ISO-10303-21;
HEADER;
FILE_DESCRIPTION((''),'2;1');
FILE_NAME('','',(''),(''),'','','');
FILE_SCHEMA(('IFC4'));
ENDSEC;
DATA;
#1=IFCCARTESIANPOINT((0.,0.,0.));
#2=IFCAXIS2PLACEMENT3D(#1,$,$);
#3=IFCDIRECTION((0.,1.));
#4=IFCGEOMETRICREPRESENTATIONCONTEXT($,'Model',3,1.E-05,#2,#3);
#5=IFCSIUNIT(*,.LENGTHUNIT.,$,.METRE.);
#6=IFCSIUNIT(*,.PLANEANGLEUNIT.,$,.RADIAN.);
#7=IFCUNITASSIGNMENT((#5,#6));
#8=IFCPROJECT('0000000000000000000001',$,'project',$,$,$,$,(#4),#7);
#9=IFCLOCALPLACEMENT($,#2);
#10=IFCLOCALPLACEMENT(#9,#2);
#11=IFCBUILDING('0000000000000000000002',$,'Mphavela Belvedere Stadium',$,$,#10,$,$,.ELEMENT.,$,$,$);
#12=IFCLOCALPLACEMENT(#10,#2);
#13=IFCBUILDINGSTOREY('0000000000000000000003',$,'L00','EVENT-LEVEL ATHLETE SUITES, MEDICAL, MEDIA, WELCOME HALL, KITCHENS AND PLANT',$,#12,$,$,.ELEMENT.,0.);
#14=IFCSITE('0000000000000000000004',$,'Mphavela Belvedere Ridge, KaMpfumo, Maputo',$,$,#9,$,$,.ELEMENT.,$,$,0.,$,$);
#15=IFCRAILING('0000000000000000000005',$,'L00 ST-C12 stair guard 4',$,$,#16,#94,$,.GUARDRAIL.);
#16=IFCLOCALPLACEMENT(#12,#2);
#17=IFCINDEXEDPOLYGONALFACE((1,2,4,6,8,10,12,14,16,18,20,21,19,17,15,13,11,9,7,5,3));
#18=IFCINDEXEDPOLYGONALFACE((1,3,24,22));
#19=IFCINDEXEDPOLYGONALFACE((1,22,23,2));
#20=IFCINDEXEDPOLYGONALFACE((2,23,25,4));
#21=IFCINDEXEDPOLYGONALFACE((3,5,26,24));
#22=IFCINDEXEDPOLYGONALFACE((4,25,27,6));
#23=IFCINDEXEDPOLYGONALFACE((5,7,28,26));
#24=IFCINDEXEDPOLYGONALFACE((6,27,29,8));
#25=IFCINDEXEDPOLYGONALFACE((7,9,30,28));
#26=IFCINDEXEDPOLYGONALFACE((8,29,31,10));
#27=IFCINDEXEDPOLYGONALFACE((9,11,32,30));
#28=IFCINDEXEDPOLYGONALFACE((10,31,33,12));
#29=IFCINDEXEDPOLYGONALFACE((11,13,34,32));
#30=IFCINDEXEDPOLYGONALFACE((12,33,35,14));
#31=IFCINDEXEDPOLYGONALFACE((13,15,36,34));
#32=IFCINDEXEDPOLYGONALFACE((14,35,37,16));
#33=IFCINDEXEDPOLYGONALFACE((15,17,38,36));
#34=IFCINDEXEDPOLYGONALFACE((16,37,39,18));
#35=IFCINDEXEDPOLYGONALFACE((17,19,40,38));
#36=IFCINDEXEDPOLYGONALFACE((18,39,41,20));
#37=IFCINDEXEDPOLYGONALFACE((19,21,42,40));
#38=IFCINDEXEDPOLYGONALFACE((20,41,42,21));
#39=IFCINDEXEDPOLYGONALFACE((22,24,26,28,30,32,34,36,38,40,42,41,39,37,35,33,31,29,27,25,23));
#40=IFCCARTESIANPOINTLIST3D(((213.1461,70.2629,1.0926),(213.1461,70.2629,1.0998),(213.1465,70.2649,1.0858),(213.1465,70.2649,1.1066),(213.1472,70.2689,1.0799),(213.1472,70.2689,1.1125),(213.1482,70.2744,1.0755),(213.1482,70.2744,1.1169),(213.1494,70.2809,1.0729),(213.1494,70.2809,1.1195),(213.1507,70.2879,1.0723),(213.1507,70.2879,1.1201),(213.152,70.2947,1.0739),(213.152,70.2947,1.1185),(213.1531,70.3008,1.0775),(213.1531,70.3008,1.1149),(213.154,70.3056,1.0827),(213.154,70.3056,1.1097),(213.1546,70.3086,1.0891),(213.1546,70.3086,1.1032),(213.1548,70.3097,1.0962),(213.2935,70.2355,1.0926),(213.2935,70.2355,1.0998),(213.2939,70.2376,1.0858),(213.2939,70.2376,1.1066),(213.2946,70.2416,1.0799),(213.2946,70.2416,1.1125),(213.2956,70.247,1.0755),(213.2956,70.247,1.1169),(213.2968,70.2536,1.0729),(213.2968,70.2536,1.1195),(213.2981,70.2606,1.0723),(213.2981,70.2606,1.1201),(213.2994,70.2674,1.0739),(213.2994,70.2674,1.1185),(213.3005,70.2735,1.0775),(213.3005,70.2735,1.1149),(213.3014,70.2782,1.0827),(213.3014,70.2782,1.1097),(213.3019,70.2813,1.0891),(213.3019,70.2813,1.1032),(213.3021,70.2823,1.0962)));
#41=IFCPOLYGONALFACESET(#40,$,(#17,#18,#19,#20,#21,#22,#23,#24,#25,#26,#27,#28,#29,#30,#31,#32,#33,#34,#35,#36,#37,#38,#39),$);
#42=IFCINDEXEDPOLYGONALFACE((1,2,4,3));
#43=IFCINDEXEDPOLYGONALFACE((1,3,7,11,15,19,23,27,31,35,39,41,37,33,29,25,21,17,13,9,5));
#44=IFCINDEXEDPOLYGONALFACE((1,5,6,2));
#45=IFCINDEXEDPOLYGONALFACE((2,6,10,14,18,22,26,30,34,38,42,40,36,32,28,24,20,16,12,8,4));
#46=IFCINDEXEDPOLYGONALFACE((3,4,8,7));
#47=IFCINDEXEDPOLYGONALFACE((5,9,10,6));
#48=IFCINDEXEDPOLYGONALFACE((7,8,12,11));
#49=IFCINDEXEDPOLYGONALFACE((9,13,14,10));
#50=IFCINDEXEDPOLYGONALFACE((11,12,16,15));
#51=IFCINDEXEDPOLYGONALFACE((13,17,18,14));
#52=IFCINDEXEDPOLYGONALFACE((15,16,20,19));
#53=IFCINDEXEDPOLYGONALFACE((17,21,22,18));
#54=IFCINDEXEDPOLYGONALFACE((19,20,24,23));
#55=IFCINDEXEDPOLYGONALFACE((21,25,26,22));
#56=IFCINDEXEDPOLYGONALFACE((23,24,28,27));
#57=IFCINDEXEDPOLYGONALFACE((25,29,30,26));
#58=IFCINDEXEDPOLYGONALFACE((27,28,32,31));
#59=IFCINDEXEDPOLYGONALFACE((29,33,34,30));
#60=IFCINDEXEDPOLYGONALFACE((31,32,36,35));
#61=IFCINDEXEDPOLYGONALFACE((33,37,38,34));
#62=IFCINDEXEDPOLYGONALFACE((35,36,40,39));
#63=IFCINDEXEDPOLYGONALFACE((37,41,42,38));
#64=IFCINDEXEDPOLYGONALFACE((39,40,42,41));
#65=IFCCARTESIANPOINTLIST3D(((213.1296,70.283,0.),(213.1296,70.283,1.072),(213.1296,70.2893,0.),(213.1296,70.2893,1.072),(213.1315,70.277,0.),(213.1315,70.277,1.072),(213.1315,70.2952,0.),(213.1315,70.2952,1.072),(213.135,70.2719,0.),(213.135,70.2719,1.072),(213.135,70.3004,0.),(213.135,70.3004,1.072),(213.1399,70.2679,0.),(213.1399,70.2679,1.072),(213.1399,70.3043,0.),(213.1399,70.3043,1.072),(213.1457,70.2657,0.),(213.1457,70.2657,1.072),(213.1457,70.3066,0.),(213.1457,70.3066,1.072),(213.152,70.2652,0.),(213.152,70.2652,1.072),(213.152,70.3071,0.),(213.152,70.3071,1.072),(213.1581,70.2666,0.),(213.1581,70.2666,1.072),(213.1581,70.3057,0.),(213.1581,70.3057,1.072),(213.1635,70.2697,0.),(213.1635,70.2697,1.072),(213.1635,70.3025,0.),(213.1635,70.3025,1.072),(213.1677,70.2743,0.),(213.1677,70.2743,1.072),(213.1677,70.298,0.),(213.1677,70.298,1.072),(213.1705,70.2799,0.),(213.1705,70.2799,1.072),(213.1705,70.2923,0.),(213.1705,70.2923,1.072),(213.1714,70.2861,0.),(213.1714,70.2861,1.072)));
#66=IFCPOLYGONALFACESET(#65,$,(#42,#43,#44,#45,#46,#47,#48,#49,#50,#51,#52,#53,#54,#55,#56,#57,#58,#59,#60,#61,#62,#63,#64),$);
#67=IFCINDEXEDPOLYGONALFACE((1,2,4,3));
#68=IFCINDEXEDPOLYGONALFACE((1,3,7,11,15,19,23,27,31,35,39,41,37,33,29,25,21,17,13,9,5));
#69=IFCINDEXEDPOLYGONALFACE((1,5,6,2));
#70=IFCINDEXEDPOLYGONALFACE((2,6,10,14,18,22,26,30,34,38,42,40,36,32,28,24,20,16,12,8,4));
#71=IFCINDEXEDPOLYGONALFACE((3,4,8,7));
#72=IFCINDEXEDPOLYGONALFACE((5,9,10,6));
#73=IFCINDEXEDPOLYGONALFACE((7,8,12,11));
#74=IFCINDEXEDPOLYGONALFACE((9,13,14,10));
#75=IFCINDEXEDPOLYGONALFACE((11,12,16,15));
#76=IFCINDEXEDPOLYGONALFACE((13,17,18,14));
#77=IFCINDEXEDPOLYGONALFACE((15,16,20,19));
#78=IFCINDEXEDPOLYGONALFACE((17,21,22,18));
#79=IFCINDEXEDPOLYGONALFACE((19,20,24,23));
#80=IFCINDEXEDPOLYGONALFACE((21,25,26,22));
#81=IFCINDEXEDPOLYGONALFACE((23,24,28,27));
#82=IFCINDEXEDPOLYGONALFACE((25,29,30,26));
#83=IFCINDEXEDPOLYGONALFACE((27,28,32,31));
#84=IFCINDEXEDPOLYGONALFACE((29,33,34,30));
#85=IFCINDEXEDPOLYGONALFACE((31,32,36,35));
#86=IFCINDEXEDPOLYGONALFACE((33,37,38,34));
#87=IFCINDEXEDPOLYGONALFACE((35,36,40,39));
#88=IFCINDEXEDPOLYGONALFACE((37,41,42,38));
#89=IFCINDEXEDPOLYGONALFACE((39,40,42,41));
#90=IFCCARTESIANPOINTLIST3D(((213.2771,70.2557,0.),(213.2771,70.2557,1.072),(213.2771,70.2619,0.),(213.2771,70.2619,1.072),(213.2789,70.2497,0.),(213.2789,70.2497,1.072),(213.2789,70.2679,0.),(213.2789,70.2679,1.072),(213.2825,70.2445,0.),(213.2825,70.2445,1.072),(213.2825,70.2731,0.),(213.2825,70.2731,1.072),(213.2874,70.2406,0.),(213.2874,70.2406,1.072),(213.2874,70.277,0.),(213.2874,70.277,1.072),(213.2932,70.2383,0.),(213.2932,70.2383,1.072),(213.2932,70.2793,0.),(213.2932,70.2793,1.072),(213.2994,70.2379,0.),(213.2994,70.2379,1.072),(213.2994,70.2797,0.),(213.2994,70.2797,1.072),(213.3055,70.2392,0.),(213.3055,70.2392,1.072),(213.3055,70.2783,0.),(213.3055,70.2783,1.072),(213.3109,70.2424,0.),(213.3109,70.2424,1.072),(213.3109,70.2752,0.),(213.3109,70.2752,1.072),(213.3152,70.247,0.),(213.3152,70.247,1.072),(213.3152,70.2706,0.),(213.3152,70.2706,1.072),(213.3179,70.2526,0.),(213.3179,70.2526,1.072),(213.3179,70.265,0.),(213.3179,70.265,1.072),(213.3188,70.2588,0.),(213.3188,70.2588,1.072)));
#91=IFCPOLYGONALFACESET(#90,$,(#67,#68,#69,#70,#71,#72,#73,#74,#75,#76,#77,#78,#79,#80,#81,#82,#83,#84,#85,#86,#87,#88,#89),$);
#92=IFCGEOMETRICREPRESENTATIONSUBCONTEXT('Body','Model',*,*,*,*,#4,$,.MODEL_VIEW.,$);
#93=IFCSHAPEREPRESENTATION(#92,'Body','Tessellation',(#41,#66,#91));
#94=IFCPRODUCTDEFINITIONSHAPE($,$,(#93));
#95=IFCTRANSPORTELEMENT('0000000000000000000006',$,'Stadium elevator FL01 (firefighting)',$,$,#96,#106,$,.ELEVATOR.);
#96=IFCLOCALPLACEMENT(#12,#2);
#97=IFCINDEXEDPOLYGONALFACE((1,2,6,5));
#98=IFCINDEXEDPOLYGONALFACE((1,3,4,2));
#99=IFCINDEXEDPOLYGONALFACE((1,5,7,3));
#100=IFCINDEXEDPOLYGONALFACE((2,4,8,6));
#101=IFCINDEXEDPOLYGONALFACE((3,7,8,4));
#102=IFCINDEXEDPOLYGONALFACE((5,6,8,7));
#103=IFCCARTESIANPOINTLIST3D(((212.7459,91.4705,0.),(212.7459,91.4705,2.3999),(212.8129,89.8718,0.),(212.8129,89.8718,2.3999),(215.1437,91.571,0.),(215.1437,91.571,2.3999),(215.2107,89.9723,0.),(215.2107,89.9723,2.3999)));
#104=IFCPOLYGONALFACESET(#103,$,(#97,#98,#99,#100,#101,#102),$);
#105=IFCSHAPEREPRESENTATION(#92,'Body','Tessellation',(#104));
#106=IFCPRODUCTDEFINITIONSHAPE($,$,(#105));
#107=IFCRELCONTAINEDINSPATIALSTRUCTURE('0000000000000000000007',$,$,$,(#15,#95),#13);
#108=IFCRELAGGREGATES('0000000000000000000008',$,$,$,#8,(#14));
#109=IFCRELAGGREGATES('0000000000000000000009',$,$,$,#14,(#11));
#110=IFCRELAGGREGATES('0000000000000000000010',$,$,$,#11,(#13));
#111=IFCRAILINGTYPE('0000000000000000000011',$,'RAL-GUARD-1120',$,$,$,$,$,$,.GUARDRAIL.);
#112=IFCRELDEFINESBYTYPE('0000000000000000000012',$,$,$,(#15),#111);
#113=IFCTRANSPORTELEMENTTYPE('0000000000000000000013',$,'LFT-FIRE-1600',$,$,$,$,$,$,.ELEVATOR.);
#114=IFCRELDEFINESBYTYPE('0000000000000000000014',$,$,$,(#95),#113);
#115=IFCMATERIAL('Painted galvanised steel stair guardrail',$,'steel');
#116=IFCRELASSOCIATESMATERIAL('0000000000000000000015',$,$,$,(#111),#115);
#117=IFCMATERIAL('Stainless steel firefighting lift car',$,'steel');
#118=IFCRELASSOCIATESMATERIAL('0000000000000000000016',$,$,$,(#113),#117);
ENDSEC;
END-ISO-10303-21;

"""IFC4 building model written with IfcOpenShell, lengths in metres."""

from ifc_helpers import new_model, si_unit, direction, frame, origin, origin_2d, place, context, subcontext, project, spatial, rectangle, circle, extrude, material, type_object, element, save


model = new_model("IFC4")

# Units and contexts
model_context = context("Model", 3, precision=1e-05, world=origin(), true_north=direction((0.0, 1.0)))
body_context = subcontext(model_context, "Body", "Model", "MODEL_VIEW")
ifc_project = project(units=[si_unit("LENGTHUNIT", "METRE"), si_unit("PLANEANGLEUNIT", "RADIAN")], contexts=[model_context])

# Site, building, storey
site_placement = place(None, origin())
site = spatial("IfcSite", under=ifc_project, at=site_placement, Name="Mphavela Belvedere Ridge, KaMpfumo, Maputo", CompositionType="ELEMENT", RefElevation=0.0)
building_placement = place(site_placement, origin())
building = spatial("IfcBuilding", under=site, at=building_placement, Name="Mphavela Belvedere Stadium", CompositionType="ELEMENT")
storey_placement = place(building_placement, origin())
storey = spatial("IfcBuildingStorey", under=building, at=storey_placement, Name="L00", Description="EVENT-LEVEL ATHLETE SUITES, MEDICAL, MEDIA, WELCOME HALL, KITCHENS AND PLANT", CompositionType="ELEMENT", Elevation=0.0)

# Railing
ifc_material_1 = material(Name="Painted galvanised steel stair guardrail", Category="steel")
railing_type_1 = type_object("IfcRailingType", Name="RAL-GUARD-1120", PredefinedType="GUARDRAIL", material=ifc_material_1)
railing_1_placement = place(storey_placement, frame((213.1504, 70.2861, 0.0)))
element("IfcRailing", 1, at=railing_1_placement, inside=storey, type_object=railing_type_1, Name="L00 ST-C12 stair guard 4", PredefinedType="GUARDRAIL", context=body_context, shape_type="SweptSolid", body=[
    extrude(circle(Radius=0.0239, at=origin_2d()), frame((0.0, 0.0, 1.0962), z_axis=(0.983239, -0.182322, 0.0), x_axis=(0.182322, 0.983239, 0.0)), (0.0, 0.0, 1.0), 0.1499),
    extrude(circle(Radius=0.021, at=origin_2d()), origin(), (0.0, 0.0, 1.0), 1.072),
    extrude(circle(Radius=0.021, at=origin_2d()), frame((0.1475, -0.0273, 0.0)), (0.0, 0.0, 1.0), 1.072),
])

# Transport element
ifc_material_2 = material(Name="Stainless steel firefighting lift car", Category="steel")
transport_element_type = type_object("IfcTransportElementType", Name="LFT-FIRE-1600", PredefinedType="ELEVATOR", material=ifc_material_2)
transport_element_placement = place(storey_placement, frame((213.9783, 90.7214, 0.0), z_axis=(0.0, 0.0, 1.0), x_axis=(0.041876, -0.999123, 0.0)))
element("IfcTransportElement", 2, at=transport_element_placement, inside=storey, type_object=transport_element_type, Name="Stadium elevator FL01 (firefighting)", PredefinedType="ELEVATOR", context=body_context, shape_type="SweptSolid", body=[
    extrude(rectangle(XDim=1.6001, YDim=2.3999, at=origin_2d()), origin(), (0.0, 0.0, 1.0), 2.3999),
])

save(model, "model.ifc")
